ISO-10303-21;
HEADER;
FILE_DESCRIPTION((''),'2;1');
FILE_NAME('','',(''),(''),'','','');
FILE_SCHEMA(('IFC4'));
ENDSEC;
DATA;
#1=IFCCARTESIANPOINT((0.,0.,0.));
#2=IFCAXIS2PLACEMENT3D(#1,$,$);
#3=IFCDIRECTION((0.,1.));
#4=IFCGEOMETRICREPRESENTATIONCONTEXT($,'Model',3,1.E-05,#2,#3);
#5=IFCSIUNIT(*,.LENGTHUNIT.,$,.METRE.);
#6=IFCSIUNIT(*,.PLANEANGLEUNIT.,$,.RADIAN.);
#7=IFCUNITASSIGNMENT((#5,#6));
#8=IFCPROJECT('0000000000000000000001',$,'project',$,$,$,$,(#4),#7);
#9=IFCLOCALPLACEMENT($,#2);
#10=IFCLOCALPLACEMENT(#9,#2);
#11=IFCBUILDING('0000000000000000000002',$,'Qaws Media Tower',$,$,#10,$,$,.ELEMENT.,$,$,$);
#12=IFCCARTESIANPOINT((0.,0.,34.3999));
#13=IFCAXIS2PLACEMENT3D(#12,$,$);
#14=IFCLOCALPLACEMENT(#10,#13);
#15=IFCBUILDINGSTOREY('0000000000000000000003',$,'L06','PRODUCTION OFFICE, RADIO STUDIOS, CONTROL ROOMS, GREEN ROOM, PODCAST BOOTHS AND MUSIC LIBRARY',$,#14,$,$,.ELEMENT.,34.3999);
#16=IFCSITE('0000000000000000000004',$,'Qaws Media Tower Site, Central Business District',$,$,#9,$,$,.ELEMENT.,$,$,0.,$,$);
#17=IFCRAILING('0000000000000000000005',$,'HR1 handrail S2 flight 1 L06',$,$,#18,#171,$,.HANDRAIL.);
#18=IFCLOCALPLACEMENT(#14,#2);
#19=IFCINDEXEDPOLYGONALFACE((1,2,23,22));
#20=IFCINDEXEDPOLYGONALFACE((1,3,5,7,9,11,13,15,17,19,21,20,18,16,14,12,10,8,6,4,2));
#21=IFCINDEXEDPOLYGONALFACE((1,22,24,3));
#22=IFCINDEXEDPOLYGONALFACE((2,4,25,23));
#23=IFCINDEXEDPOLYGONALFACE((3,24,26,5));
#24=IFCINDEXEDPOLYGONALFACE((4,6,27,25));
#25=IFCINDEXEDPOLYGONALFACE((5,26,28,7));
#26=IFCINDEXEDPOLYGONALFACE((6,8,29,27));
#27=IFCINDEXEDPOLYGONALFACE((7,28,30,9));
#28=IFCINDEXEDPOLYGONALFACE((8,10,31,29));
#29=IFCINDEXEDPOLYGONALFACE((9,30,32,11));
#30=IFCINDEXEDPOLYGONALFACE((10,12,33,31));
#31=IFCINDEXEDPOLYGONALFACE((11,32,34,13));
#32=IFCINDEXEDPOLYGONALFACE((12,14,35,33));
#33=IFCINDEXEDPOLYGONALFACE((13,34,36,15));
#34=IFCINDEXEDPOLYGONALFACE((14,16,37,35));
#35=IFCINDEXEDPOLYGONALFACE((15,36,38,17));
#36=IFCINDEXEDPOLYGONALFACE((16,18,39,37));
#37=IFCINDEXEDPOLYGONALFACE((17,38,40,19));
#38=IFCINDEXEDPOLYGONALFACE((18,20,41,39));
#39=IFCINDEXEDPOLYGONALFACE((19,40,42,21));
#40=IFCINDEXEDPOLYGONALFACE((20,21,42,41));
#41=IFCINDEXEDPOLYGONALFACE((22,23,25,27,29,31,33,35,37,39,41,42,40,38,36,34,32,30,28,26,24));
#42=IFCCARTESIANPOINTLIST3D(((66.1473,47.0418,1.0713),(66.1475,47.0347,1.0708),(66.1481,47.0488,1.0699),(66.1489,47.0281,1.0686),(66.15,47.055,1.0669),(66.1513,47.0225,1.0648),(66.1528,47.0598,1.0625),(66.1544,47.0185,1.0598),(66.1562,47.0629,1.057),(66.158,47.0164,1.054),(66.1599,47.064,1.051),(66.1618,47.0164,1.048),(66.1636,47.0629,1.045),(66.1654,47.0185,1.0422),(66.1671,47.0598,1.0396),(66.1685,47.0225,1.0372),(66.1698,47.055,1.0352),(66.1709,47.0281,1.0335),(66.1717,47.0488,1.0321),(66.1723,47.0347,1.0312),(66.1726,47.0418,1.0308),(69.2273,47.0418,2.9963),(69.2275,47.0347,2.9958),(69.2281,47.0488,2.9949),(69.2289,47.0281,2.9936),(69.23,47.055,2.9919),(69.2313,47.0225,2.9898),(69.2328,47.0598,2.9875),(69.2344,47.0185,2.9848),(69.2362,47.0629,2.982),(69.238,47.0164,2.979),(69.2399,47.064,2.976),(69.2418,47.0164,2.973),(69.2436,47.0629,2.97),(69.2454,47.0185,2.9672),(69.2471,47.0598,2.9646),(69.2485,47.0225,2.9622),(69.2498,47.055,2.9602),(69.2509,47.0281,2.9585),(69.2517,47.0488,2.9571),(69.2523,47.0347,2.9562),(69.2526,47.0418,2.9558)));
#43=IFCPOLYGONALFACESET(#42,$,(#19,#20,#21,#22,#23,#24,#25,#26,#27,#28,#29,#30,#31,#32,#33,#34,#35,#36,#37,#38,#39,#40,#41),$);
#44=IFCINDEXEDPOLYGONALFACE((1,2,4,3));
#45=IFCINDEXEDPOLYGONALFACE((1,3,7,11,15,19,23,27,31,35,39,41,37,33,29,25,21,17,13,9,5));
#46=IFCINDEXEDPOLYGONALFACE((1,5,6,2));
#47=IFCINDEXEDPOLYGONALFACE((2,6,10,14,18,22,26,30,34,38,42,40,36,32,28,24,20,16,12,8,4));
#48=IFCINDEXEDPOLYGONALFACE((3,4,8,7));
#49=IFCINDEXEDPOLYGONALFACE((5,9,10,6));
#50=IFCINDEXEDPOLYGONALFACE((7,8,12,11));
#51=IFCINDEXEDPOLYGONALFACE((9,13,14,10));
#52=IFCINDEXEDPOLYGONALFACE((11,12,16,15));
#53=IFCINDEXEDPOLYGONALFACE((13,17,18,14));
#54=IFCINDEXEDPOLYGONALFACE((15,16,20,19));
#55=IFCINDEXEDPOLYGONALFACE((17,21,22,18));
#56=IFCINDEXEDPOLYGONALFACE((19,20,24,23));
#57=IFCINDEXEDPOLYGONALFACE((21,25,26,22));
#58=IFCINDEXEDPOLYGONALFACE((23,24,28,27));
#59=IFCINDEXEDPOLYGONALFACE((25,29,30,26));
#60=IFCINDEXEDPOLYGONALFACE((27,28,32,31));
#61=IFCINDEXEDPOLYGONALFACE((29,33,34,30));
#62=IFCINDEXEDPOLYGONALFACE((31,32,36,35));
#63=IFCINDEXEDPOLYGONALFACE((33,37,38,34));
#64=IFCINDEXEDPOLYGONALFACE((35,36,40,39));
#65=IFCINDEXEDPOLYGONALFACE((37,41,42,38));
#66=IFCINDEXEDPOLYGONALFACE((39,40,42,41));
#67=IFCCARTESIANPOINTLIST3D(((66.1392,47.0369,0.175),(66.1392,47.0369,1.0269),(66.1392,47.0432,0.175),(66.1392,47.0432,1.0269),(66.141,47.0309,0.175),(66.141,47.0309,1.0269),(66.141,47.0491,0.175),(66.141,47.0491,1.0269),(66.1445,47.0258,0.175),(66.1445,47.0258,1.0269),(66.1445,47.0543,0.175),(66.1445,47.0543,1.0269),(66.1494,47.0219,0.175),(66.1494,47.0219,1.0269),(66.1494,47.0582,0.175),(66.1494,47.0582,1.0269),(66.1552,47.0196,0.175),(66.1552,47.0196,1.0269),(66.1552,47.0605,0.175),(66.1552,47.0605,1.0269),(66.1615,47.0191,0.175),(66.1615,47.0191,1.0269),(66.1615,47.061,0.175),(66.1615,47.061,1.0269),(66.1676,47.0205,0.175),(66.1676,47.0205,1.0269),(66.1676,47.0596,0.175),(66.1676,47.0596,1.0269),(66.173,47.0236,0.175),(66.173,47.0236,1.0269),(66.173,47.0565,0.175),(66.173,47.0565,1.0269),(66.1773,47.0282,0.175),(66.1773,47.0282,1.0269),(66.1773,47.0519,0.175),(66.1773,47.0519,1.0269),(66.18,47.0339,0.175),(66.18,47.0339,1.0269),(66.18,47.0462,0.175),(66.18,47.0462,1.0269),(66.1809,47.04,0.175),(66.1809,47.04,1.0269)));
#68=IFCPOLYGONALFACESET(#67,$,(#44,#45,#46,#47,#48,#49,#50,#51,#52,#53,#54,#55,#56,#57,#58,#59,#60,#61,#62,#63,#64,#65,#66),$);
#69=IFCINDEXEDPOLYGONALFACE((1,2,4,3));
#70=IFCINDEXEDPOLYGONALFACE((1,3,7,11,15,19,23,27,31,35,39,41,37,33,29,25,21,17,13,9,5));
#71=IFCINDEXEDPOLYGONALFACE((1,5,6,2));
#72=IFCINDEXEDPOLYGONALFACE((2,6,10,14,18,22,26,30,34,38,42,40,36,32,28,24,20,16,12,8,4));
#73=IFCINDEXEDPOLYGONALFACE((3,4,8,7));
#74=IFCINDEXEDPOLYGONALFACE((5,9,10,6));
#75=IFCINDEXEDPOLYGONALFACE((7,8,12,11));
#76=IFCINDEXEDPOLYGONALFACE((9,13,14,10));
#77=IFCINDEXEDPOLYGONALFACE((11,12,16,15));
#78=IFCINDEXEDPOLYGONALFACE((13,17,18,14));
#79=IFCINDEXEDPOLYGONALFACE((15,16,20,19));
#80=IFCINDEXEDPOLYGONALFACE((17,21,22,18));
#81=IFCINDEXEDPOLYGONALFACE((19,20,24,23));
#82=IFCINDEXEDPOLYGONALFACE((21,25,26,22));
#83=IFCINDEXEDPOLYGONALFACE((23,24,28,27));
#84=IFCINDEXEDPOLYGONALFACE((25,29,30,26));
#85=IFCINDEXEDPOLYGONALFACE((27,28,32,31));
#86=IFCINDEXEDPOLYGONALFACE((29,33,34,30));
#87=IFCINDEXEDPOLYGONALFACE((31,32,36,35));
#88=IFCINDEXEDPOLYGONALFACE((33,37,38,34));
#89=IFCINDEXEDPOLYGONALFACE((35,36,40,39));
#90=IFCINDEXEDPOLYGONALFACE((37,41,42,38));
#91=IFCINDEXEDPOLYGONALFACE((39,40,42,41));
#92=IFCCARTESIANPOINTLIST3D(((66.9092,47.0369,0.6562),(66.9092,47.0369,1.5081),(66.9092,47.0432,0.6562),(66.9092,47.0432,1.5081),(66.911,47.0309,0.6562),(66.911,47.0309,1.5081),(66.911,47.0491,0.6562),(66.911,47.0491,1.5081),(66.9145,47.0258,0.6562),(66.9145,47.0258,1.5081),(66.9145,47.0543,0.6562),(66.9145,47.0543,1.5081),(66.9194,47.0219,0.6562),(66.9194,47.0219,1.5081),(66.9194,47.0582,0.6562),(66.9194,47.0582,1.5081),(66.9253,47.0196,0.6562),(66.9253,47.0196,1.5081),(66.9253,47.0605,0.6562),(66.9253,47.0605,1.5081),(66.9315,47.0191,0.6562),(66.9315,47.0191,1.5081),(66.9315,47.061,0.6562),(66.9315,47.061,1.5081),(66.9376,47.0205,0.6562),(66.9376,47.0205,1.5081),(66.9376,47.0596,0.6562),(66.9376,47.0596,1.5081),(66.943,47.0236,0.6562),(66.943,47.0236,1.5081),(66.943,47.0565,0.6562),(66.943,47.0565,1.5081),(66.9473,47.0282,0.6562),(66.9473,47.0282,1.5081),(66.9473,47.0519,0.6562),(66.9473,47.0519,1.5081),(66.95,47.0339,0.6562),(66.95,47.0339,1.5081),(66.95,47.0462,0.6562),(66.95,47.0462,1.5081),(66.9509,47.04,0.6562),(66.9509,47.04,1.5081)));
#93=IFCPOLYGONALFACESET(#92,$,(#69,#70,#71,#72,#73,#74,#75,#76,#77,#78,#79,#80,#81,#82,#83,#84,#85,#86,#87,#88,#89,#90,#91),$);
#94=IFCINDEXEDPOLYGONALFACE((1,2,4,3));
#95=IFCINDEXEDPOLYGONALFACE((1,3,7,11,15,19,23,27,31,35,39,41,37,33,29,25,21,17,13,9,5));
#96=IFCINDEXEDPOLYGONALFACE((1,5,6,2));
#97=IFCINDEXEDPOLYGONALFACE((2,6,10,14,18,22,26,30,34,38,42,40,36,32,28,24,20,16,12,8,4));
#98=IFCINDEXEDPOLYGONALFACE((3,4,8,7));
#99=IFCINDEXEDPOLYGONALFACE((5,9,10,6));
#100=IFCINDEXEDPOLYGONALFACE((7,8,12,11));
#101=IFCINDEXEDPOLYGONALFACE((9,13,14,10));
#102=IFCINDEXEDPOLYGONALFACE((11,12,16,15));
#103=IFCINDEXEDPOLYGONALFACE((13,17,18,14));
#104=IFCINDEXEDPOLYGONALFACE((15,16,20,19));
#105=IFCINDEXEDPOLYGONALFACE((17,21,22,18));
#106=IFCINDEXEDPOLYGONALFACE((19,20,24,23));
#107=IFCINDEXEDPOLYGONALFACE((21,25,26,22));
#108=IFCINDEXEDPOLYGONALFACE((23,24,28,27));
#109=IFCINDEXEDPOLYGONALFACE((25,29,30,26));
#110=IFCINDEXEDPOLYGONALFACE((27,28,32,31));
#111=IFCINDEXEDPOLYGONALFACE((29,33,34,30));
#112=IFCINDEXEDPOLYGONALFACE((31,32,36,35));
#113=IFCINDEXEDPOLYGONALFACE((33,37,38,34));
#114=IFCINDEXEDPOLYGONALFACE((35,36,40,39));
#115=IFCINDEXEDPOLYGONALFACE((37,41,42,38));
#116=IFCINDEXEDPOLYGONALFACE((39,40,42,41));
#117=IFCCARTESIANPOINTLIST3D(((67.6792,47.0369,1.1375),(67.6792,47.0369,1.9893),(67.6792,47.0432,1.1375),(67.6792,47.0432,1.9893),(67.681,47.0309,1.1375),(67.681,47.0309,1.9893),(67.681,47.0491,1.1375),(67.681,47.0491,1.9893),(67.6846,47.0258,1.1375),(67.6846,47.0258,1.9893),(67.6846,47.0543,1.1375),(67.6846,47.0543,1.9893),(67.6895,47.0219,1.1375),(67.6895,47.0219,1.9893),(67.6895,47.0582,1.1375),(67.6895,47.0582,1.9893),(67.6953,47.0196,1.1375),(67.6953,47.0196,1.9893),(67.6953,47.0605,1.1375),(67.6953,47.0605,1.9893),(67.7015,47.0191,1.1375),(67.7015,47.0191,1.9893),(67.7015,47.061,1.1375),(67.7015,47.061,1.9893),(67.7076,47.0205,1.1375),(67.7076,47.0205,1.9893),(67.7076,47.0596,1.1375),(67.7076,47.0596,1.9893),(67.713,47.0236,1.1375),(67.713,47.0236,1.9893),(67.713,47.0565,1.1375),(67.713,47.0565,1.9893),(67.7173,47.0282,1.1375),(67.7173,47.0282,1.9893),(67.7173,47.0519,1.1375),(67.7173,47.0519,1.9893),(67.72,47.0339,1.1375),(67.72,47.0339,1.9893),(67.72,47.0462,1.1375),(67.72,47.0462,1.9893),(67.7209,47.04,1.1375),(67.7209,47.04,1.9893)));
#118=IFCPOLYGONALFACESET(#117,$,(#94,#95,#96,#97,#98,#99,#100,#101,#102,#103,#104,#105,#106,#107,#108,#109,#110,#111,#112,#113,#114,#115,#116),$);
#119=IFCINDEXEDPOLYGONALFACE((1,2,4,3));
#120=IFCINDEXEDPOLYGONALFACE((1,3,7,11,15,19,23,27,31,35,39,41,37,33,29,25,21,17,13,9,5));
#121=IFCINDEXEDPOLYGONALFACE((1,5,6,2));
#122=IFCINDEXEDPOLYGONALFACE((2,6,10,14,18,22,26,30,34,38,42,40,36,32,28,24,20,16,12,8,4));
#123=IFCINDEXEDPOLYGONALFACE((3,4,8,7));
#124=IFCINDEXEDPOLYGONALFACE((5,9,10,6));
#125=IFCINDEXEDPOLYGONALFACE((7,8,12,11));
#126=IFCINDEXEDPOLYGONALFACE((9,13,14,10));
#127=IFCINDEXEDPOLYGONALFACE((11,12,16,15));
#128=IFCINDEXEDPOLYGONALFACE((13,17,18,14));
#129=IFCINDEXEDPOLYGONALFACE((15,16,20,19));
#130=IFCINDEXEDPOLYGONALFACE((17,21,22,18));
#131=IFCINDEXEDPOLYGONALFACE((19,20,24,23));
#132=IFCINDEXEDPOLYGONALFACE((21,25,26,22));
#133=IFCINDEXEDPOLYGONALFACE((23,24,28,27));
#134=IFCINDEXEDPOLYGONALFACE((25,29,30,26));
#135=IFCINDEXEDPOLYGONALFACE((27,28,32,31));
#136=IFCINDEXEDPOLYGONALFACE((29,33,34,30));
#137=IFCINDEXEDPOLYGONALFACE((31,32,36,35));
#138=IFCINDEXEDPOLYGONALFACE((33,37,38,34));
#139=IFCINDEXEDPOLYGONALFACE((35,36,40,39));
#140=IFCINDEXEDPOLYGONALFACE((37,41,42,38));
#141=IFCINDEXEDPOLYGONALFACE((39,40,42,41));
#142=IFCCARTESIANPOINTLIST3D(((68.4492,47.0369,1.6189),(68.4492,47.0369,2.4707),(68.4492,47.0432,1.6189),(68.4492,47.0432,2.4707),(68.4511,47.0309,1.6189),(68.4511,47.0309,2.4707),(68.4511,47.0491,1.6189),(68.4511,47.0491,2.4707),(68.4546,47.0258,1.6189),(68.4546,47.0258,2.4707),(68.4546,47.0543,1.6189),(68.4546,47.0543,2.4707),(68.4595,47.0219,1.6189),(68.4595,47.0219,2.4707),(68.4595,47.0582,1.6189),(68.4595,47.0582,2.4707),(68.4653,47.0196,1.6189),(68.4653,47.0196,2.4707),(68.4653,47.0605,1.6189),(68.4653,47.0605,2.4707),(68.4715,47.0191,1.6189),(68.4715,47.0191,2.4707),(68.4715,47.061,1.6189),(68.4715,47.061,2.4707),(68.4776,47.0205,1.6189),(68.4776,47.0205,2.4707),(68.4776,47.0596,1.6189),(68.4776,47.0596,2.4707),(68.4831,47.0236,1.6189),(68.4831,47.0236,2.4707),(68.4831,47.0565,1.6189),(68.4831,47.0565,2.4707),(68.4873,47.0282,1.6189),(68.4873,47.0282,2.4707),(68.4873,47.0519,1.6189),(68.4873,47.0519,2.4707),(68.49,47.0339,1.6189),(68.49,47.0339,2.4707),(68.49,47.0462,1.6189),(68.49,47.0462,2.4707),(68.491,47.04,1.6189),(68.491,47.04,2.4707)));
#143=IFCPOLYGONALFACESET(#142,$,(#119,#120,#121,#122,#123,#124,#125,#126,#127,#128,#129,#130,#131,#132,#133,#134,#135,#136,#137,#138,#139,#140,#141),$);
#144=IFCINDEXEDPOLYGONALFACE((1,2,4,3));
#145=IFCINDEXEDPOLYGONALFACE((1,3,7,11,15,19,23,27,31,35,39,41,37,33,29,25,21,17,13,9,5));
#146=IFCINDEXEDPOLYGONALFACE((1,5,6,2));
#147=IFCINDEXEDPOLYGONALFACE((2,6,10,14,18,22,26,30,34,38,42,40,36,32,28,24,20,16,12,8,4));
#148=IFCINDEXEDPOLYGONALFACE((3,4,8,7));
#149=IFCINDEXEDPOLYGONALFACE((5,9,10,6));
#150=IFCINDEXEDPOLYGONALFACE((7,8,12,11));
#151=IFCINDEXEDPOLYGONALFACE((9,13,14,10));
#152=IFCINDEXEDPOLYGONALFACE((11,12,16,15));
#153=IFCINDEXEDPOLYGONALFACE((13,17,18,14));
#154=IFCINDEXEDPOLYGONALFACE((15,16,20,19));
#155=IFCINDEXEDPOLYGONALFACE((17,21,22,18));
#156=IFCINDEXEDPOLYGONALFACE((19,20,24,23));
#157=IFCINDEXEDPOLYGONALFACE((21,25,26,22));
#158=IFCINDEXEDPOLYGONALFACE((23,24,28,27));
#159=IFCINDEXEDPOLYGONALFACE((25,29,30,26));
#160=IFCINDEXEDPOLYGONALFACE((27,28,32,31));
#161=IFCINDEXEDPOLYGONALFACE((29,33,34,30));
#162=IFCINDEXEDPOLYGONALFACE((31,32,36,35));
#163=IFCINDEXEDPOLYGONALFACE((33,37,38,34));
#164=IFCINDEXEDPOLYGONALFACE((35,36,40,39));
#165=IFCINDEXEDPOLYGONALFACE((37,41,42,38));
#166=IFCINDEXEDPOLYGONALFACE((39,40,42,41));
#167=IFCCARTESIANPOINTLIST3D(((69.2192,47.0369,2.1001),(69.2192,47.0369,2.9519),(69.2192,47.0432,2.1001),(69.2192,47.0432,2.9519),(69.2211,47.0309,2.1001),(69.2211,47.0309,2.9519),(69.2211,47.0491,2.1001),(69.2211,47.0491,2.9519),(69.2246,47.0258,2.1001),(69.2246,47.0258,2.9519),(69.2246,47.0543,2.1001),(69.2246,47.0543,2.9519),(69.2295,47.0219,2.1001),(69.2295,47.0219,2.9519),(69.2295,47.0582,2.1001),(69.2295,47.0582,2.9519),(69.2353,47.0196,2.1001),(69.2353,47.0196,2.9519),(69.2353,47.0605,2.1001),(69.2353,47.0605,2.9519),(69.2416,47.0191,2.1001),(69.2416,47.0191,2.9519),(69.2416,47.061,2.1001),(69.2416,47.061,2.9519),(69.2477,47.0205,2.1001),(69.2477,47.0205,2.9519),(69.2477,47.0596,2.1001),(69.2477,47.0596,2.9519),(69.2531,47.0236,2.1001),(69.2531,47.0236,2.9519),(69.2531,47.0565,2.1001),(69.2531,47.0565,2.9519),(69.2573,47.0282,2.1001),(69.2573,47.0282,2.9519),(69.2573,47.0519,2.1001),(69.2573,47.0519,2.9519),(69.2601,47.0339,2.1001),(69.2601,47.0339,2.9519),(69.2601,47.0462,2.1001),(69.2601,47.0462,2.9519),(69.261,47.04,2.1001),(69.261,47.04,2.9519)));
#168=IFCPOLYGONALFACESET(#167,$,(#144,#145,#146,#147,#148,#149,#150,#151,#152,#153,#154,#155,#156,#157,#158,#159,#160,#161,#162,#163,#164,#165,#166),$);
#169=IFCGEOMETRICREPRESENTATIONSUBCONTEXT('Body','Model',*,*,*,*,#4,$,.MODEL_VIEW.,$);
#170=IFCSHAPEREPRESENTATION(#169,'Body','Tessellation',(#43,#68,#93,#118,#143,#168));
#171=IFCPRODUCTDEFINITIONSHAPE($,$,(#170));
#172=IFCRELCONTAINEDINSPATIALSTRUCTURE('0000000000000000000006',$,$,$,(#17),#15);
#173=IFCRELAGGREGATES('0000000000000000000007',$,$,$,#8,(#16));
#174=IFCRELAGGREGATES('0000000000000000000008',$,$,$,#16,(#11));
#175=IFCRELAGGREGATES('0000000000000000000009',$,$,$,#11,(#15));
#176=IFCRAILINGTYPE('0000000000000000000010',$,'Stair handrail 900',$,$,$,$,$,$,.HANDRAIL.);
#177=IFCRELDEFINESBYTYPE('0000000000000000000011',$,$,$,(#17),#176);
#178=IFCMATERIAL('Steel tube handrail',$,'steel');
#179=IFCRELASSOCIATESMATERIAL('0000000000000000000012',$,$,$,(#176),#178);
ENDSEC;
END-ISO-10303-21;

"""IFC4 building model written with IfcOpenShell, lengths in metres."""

from ifc_helpers import new_model, si_unit, direction, frame, origin, origin_2d, place, context, subcontext, project, spatial, circle, extrude, material, type_object, element, save


model = new_model("IFC4")

# Units and contexts
model_context = context("Model", 3, precision=1e-05, world=origin(), true_north=direction((0.0, 1.0)))
body_context = subcontext(model_context, "Body", "Model", "MODEL_VIEW")
ifc_project = project(units=[si_unit("LENGTHUNIT", "METRE"), si_unit("PLANEANGLEUNIT", "RADIAN")], contexts=[model_context])

# Site, building, storey
site_placement = place(None, origin())
site = spatial("IfcSite", under=ifc_project, at=site_placement, Name="Qaws Media Tower Site, Central Business District", CompositionType="ELEMENT", RefElevation=0.0)
building_placement = place(site_placement, origin())
building = spatial("IfcBuilding", under=site, at=building_placement, Name="Qaws Media Tower", CompositionType="ELEMENT")
storey_placement = place(building_placement, frame((0.0, 0.0, 34.3999)))
storey = spatial("IfcBuildingStorey", under=building, at=storey_placement, Name="L06", Description="PRODUCTION OFFICE, RADIO STUDIOS, CONTROL ROOMS, GREEN ROOM, PODCAST BOOTHS AND MUSIC LIBRARY", CompositionType="ELEMENT", Elevation=34.3999)

# Railing
ifc_material_1 = material(Name="Steel tube handrail", Category="steel")
railing_type = type_object("IfcRailingType", Name="Stair handrail 900", PredefinedType="HANDRAIL", material=ifc_material_1)
railing_1_placement = place(storey_placement, frame((66.1599, 47.04, 0.175)))
element("IfcRailing", 1, at=railing_1_placement, inside=storey, type_object=railing_type, Name="HR1 handrail S2 flight 1 L06", PredefinedType="HANDRAIL", context=body_context, shape_type="SweptSolid", body=[
    extrude(circle(Radius=0.0239, at=origin_2d()), frame((0.0, 0.0, 0.876), z_axis=(0.847998, 0.0, 0.529999), x_axis=(0.0, 1.0, 0.0)), (0.0, 0.0, 1.0), 3.6321),
    extrude(circle(Radius=0.021, at=origin_2d()), origin(), (0.0, 0.0, 1.0), 0.8518),
    extrude(circle(Radius=0.021, at=origin_2d()), frame((0.77, 0.0, 0.4812)), (0.0, 0.0, 1.0), 0.8518),
    extrude(circle(Radius=0.021, at=origin_2d()), frame((1.54, 0.0, 0.9624)), (0.0, 0.0, 1.0), 0.8518),
    extrude(circle(Radius=0.021, at=origin_2d()), frame((2.3101, 0.0, 1.4438)), (0.0, 0.0, 1.0), 0.8518),
    extrude(circle(Radius=0.021, at=origin_2d()), frame((3.0801, 0.0, 1.925)), (0.0, 0.0, 1.0), 0.8518),
])

save(model, "model.ifc")
